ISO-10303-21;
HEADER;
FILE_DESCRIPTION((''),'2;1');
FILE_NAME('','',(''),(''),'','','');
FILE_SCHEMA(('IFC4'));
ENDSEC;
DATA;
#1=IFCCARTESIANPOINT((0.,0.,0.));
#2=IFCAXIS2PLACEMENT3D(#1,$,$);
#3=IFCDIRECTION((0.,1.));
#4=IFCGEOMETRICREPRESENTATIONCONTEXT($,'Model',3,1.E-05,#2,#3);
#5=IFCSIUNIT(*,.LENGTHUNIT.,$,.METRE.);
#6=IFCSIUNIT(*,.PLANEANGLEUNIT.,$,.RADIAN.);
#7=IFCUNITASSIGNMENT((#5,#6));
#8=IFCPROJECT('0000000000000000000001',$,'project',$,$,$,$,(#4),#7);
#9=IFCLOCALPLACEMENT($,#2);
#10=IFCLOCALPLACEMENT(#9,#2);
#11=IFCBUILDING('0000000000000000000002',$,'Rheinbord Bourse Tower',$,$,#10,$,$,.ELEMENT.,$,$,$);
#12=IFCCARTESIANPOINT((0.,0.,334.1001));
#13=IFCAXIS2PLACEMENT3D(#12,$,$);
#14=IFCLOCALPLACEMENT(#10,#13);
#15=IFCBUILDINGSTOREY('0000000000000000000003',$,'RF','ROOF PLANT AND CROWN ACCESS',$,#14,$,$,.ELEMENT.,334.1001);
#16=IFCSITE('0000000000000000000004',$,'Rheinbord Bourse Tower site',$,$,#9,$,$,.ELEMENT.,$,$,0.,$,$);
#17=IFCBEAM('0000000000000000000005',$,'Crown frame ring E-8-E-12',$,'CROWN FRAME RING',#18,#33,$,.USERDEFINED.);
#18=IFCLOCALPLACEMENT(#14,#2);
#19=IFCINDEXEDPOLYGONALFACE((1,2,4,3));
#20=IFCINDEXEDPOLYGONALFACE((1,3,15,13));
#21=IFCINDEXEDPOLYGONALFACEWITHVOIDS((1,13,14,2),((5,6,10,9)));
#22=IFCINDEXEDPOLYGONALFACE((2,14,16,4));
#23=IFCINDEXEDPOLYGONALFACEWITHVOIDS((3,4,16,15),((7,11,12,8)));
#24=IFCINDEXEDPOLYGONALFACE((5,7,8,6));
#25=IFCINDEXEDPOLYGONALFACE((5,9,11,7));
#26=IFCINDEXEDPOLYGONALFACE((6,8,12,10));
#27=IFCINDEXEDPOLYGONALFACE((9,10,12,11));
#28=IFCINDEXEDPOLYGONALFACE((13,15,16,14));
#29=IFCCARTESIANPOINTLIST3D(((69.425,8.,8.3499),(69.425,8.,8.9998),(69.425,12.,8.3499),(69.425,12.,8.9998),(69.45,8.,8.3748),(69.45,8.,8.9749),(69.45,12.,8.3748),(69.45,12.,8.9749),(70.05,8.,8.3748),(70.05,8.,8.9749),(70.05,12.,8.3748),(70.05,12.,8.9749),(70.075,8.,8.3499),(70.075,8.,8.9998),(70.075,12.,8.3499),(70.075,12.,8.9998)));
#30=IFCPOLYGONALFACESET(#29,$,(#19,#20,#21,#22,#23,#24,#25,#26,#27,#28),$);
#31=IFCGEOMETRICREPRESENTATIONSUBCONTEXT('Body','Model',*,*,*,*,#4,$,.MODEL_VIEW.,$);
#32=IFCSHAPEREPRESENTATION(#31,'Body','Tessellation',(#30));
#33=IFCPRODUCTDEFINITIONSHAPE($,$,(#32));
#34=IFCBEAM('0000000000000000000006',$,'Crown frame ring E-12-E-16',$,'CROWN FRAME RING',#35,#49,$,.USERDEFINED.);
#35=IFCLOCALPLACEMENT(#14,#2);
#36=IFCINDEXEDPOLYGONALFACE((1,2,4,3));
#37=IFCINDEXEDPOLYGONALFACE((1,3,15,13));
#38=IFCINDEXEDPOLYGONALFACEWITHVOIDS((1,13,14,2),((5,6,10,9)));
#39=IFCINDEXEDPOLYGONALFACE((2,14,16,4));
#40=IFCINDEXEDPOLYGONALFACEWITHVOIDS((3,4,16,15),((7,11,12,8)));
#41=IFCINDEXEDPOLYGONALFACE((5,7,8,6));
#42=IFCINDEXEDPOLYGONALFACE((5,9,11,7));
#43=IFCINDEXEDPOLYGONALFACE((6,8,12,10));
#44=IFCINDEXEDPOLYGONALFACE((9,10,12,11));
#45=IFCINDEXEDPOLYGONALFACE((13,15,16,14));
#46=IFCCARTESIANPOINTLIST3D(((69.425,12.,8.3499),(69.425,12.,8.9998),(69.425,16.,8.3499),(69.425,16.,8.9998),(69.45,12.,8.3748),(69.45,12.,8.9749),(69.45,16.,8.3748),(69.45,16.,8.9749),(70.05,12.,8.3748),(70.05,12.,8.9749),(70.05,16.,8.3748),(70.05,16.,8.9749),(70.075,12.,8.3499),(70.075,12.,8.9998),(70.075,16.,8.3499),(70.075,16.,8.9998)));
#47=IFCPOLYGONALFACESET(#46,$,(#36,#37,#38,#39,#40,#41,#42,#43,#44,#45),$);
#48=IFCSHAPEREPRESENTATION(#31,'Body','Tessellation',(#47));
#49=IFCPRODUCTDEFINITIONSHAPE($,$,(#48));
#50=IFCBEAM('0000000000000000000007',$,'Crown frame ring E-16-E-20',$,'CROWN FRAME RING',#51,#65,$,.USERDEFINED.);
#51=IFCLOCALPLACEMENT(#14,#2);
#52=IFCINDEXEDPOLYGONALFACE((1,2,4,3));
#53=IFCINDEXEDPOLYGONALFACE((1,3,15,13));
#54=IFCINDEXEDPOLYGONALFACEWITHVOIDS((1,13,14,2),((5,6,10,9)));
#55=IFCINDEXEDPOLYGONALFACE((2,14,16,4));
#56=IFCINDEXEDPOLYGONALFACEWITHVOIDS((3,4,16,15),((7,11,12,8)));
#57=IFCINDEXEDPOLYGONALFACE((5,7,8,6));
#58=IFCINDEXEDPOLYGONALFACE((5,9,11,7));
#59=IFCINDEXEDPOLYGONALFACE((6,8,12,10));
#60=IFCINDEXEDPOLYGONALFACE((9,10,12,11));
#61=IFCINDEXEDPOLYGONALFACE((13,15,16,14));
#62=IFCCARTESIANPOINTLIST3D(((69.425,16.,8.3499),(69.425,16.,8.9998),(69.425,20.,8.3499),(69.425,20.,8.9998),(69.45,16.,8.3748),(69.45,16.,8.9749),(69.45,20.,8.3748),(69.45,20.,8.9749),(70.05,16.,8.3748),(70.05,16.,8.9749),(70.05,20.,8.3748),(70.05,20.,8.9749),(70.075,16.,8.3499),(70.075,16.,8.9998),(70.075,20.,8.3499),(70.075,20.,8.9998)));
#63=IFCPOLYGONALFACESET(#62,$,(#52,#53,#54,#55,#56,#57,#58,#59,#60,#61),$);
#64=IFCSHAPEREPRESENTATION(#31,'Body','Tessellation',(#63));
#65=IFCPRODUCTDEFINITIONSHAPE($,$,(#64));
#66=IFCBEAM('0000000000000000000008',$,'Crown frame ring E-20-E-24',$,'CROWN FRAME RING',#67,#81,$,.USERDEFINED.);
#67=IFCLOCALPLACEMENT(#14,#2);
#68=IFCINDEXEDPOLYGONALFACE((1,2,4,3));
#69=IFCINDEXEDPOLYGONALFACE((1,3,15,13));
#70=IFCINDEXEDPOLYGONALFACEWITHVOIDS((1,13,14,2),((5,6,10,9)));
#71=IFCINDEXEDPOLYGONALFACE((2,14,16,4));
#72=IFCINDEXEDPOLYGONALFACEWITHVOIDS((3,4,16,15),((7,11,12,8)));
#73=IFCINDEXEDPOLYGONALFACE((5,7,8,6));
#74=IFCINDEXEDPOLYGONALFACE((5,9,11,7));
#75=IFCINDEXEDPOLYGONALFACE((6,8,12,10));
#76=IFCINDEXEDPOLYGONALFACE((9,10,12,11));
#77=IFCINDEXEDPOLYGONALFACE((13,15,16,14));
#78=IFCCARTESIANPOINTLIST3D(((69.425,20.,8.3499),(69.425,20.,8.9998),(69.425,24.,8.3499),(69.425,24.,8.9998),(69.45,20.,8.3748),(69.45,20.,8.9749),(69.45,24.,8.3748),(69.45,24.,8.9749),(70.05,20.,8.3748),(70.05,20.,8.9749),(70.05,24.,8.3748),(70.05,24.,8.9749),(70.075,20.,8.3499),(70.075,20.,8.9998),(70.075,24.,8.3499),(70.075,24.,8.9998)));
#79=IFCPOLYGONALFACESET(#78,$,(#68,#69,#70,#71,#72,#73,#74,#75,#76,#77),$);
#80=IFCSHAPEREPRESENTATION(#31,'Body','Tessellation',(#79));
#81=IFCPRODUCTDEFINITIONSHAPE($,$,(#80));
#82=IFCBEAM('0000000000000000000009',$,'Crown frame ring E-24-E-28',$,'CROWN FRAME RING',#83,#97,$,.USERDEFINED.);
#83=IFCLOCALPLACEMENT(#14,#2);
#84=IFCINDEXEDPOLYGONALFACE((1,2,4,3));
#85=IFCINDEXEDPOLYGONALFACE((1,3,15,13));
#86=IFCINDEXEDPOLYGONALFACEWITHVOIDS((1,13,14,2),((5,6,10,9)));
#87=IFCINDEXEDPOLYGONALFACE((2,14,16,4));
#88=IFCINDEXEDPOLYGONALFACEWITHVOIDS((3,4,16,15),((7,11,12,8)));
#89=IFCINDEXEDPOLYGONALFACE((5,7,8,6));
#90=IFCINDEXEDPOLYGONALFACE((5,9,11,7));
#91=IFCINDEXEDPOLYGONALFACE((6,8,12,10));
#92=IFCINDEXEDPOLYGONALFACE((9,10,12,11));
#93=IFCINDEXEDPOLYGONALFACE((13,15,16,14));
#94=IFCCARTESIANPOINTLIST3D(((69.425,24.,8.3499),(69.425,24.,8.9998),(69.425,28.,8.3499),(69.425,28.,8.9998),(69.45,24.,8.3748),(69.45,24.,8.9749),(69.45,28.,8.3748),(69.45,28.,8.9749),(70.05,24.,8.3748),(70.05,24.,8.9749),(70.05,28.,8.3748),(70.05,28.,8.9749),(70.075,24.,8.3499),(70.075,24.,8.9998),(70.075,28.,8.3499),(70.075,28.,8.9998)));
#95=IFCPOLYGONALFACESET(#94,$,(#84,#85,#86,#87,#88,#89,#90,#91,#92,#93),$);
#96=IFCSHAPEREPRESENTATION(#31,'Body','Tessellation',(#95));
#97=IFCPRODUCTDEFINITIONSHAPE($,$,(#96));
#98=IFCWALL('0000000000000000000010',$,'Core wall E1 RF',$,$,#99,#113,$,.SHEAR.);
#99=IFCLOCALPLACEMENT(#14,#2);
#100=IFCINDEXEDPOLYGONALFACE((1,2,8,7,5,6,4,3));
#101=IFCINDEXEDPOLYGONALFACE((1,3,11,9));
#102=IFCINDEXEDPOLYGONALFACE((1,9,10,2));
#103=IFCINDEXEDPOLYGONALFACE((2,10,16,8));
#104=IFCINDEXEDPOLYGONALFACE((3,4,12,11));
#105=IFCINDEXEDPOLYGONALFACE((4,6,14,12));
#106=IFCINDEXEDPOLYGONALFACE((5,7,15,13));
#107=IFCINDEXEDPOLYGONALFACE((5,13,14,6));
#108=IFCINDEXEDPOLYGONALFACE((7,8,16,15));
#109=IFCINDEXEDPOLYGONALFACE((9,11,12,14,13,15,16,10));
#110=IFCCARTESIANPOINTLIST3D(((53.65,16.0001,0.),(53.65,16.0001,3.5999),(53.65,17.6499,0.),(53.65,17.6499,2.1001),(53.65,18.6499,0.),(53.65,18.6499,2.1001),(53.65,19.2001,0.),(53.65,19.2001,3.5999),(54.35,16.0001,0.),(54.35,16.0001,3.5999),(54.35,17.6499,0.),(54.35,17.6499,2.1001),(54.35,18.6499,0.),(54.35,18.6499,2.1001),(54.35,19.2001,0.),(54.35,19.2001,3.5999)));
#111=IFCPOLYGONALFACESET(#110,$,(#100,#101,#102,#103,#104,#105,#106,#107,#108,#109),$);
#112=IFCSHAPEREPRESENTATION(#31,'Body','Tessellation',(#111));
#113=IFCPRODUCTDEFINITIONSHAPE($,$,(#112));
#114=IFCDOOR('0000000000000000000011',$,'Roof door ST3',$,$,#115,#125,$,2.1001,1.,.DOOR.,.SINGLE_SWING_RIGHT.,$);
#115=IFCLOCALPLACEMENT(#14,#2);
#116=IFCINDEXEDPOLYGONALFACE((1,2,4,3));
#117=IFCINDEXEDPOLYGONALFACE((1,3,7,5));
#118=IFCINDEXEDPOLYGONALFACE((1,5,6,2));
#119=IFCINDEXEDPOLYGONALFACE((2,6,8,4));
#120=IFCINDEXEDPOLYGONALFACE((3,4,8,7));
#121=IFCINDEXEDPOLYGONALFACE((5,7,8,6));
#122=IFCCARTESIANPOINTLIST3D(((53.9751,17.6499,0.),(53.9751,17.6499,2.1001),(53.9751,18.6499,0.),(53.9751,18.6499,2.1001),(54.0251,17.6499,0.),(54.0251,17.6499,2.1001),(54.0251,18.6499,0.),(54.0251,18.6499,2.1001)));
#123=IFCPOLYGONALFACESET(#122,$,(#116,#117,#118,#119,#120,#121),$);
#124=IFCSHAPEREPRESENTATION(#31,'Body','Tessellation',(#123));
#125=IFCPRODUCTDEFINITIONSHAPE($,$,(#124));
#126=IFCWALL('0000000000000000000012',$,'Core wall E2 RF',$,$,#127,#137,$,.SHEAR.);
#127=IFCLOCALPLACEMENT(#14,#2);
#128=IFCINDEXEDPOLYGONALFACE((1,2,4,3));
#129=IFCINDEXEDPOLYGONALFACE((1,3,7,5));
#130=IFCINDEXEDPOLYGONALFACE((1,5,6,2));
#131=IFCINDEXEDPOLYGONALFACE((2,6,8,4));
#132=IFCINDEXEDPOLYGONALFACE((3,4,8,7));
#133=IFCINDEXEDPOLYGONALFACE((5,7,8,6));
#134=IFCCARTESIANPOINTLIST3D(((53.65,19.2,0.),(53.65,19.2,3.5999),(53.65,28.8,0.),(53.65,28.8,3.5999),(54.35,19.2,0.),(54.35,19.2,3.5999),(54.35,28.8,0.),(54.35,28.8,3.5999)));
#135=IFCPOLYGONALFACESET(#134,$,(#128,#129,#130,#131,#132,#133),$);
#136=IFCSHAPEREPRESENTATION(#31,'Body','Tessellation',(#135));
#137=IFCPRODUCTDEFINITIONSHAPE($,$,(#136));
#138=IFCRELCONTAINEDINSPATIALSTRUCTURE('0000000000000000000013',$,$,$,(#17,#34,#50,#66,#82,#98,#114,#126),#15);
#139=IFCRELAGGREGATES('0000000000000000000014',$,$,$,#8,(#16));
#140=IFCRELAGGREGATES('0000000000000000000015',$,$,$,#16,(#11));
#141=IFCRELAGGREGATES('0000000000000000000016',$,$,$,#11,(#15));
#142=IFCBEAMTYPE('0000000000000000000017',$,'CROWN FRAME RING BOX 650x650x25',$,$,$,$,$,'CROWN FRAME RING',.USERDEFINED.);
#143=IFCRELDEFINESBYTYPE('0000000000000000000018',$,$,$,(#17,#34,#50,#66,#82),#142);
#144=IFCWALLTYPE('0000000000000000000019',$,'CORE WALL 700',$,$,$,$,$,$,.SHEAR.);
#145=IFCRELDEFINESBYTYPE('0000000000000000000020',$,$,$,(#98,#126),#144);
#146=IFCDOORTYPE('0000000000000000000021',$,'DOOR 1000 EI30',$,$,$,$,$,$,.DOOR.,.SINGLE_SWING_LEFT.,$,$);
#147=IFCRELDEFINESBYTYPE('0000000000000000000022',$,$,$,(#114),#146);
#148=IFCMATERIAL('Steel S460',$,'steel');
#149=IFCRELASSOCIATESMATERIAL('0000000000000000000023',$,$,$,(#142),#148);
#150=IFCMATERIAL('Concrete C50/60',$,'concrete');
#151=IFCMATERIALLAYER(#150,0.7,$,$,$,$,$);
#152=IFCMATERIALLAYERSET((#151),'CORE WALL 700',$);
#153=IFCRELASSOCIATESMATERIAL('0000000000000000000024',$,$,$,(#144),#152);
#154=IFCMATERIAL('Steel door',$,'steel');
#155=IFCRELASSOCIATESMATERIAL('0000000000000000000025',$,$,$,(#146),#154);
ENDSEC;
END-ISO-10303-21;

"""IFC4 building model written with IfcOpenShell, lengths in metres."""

from ifc_helpers import new_model, si_unit, direction, frame, frame_2d, origin, origin_2d, place, context, subcontext, project, spatial, rectangle, hollow_rectangle, extrude, material, layer, layer_set, material_profile, profile_set, type_object, element, fill, save


model = new_model("IFC4")

# Units and contexts
model_context = context("Model", 3, precision=1e-05, world=origin(), true_north=direction((0.0, 1.0)))
body_context = subcontext(model_context, "Body", "Model", "MODEL_VIEW")
ifc_project = project(units=[si_unit("LENGTHUNIT", "METRE"), si_unit("PLANEANGLEUNIT", "RADIAN")], contexts=[model_context])

# Site, building, storey
site_placement = place(None, origin())
site = spatial("IfcSite", under=ifc_project, at=site_placement, Name="Rheinbord Bourse Tower site", CompositionType="ELEMENT", RefElevation=0.0)
building_placement = place(site_placement, origin())
building = spatial("IfcBuilding", under=site, at=building_placement, Name="Rheinbord Bourse Tower", CompositionType="ELEMENT")
storey_placement = place(building_placement, frame((0.0, 0.0, 334.1001)))
storey = spatial("IfcBuildingStorey", under=building, at=storey_placement, Name="RF", Description="ROOF PLANT AND CROWN ACCESS", CompositionType="ELEMENT", Elevation=334.1001)

# Beams
ifc_material_1 = material(Name="Steel S460", Category="steel")
ifc_material_profile_1 = material_profile(ifc_material_1, hollow_rectangle(XDim=0.6499, YDim=0.6499, WallThickness=0.0249, at=origin_2d()), Name="BOX 650x650x25")
ifc_profile_set_1 = profile_set([ifc_material_profile_1], Name="Steel S460")
beam_type = type_object("IfcBeamType", Name="CROWN FRAME RING BOX 650x650x25", ElementType="CROWN FRAME RING", PredefinedType="USERDEFINED", material=ifc_profile_set_1)
for number, where, z_axis, x_axis, name in (
    (1, (69.75, 8.0, 8.6748), (0.0, 1.0, 0.0), (-1.0, 0.0, 0.0), "Crown frame ring E-8-E-12"),
    (2, (69.75, 12.0, 8.6748), (0.0, 1.0, 0.0), (-1.0, 0.0, 0.0), "Crown frame ring E-12-E-16"),
    (3, (69.75, 16.0, 8.6748), (0.0, 1.0, 0.0), (-1.0, 0.0, 0.0), "Crown frame ring E-16-E-20"),
    (4, (69.75, 20.0, 8.6748), (0.0, 1.0, 0.0), (-1.0, 0.0, 0.0), "Crown frame ring E-20-E-24"),
    (5, (69.75, 24.0, 8.6748), (0.0, 1.0, 0.0), (-1.0, 0.0, 0.0), "Crown frame ring E-24-E-28"),
):
    element("IfcBeam", number, at=place(storey_placement, frame(where, z_axis=z_axis, x_axis=x_axis)), inside=storey, type_object=beam_type, Name=name, ObjectType="CROWN FRAME RING", PredefinedType="USERDEFINED", context=body_context, shape_type="SweptSolid", body=[
        extrude(hollow_rectangle(XDim=0.6499, YDim=0.6499, WallThickness=0.0249, at=origin_2d()), origin(), (0.0, 0.0, 1.0), 4.0),
    ])

# Wall, opening, door
ifc_material_2 = material(Name="Concrete C50/60", Category="concrete")
ifc_layer = layer(ifc_material_2, 0.7)
ifc_layer_set = layer_set([ifc_layer], Name="CORE WALL 700")
wall_type = type_object("IfcWallType", Name="CORE WALL 700", PredefinedType="SHEAR", material=ifc_layer_set)
wall_1_placement = place(storey_placement, frame((54.0, 16.0, 0.0), z_axis=(0.0, 0.0, 1.0), x_axis=(0.0, 1.0, 0.0)))
wall_1 = element("IfcWall", 6, at=wall_1_placement, inside=storey, type_object=wall_type, Name="Core wall E1 RF", PredefinedType="SHEAR", context=body_context, shape_type="SweptSolid", body=[
    extrude(rectangle(XDim=3.2, YDim=0.7, at=frame_2d((1.6001, 0.0))), origin(), (0.0, 0.0, 1.0), 3.5999),
])
opening_placement = place(wall_1_placement, frame((1.6499, 0.0, 0.0)))
opening = element("IfcOpeningElement", 7, at=opening_placement, cuts=wall_1, PredefinedType="OPENING", context=body_context, shape_type="SweptSolid", body=[
    extrude(rectangle(XDim=1.0, YDim=2.1001, at=frame_2d((0.5, 1.05))), frame((0.0, 0.3599, 0.0), z_axis=(0.0, -1.0, 0.0), x_axis=(1.0, 0.0, 0.0)), (0.0, 0.0, 1.0), 0.72),
])
ifc_material_3 = material(Name="Steel door", Category="steel")
door_type = type_object("IfcDoorType", Name="DOOR 1000 EI30", OperationType="SINGLE_SWING_LEFT", PredefinedType="DOOR", material=ifc_material_3)
door_placement = place(opening_placement, origin())
door = element("IfcDoor", 8, at=door_placement, inside=storey, type_object=door_type, Name="Roof door ST3", OperationType="SINGLE_SWING_RIGHT", OverallHeight=2.1001, OverallWidth=1.0, PredefinedType="DOOR", context=body_context, shape_type="SweptSolid", body=[
    extrude(rectangle(XDim=1.0, YDim=2.1001, at=frame_2d((0.5, 1.05))), frame((0.0, 0.0249, 0.0), z_axis=(0.0, -1.0, 0.0), x_axis=(1.0, 0.0, 0.0)), (0.0, 0.0, 1.0), 0.05),
])
fill(opening, door)

# Wall
wall_2_placement = place(storey_placement, frame((54.0, 19.2, 0.0), z_axis=(0.0, 0.0, 1.0), x_axis=(0.0, 1.0, 0.0)))
element("IfcWall", 9, at=wall_2_placement, inside=storey, type_object=wall_type, Name="Core wall E2 RF", PredefinedType="SHEAR", context=body_context, shape_type="SweptSolid", body=[
    extrude(rectangle(XDim=9.6001, YDim=0.7, at=frame_2d((4.8, 0.0))), origin(), (0.0, 0.0, 1.0), 3.5999),
])

save(model, "model.ifc")
